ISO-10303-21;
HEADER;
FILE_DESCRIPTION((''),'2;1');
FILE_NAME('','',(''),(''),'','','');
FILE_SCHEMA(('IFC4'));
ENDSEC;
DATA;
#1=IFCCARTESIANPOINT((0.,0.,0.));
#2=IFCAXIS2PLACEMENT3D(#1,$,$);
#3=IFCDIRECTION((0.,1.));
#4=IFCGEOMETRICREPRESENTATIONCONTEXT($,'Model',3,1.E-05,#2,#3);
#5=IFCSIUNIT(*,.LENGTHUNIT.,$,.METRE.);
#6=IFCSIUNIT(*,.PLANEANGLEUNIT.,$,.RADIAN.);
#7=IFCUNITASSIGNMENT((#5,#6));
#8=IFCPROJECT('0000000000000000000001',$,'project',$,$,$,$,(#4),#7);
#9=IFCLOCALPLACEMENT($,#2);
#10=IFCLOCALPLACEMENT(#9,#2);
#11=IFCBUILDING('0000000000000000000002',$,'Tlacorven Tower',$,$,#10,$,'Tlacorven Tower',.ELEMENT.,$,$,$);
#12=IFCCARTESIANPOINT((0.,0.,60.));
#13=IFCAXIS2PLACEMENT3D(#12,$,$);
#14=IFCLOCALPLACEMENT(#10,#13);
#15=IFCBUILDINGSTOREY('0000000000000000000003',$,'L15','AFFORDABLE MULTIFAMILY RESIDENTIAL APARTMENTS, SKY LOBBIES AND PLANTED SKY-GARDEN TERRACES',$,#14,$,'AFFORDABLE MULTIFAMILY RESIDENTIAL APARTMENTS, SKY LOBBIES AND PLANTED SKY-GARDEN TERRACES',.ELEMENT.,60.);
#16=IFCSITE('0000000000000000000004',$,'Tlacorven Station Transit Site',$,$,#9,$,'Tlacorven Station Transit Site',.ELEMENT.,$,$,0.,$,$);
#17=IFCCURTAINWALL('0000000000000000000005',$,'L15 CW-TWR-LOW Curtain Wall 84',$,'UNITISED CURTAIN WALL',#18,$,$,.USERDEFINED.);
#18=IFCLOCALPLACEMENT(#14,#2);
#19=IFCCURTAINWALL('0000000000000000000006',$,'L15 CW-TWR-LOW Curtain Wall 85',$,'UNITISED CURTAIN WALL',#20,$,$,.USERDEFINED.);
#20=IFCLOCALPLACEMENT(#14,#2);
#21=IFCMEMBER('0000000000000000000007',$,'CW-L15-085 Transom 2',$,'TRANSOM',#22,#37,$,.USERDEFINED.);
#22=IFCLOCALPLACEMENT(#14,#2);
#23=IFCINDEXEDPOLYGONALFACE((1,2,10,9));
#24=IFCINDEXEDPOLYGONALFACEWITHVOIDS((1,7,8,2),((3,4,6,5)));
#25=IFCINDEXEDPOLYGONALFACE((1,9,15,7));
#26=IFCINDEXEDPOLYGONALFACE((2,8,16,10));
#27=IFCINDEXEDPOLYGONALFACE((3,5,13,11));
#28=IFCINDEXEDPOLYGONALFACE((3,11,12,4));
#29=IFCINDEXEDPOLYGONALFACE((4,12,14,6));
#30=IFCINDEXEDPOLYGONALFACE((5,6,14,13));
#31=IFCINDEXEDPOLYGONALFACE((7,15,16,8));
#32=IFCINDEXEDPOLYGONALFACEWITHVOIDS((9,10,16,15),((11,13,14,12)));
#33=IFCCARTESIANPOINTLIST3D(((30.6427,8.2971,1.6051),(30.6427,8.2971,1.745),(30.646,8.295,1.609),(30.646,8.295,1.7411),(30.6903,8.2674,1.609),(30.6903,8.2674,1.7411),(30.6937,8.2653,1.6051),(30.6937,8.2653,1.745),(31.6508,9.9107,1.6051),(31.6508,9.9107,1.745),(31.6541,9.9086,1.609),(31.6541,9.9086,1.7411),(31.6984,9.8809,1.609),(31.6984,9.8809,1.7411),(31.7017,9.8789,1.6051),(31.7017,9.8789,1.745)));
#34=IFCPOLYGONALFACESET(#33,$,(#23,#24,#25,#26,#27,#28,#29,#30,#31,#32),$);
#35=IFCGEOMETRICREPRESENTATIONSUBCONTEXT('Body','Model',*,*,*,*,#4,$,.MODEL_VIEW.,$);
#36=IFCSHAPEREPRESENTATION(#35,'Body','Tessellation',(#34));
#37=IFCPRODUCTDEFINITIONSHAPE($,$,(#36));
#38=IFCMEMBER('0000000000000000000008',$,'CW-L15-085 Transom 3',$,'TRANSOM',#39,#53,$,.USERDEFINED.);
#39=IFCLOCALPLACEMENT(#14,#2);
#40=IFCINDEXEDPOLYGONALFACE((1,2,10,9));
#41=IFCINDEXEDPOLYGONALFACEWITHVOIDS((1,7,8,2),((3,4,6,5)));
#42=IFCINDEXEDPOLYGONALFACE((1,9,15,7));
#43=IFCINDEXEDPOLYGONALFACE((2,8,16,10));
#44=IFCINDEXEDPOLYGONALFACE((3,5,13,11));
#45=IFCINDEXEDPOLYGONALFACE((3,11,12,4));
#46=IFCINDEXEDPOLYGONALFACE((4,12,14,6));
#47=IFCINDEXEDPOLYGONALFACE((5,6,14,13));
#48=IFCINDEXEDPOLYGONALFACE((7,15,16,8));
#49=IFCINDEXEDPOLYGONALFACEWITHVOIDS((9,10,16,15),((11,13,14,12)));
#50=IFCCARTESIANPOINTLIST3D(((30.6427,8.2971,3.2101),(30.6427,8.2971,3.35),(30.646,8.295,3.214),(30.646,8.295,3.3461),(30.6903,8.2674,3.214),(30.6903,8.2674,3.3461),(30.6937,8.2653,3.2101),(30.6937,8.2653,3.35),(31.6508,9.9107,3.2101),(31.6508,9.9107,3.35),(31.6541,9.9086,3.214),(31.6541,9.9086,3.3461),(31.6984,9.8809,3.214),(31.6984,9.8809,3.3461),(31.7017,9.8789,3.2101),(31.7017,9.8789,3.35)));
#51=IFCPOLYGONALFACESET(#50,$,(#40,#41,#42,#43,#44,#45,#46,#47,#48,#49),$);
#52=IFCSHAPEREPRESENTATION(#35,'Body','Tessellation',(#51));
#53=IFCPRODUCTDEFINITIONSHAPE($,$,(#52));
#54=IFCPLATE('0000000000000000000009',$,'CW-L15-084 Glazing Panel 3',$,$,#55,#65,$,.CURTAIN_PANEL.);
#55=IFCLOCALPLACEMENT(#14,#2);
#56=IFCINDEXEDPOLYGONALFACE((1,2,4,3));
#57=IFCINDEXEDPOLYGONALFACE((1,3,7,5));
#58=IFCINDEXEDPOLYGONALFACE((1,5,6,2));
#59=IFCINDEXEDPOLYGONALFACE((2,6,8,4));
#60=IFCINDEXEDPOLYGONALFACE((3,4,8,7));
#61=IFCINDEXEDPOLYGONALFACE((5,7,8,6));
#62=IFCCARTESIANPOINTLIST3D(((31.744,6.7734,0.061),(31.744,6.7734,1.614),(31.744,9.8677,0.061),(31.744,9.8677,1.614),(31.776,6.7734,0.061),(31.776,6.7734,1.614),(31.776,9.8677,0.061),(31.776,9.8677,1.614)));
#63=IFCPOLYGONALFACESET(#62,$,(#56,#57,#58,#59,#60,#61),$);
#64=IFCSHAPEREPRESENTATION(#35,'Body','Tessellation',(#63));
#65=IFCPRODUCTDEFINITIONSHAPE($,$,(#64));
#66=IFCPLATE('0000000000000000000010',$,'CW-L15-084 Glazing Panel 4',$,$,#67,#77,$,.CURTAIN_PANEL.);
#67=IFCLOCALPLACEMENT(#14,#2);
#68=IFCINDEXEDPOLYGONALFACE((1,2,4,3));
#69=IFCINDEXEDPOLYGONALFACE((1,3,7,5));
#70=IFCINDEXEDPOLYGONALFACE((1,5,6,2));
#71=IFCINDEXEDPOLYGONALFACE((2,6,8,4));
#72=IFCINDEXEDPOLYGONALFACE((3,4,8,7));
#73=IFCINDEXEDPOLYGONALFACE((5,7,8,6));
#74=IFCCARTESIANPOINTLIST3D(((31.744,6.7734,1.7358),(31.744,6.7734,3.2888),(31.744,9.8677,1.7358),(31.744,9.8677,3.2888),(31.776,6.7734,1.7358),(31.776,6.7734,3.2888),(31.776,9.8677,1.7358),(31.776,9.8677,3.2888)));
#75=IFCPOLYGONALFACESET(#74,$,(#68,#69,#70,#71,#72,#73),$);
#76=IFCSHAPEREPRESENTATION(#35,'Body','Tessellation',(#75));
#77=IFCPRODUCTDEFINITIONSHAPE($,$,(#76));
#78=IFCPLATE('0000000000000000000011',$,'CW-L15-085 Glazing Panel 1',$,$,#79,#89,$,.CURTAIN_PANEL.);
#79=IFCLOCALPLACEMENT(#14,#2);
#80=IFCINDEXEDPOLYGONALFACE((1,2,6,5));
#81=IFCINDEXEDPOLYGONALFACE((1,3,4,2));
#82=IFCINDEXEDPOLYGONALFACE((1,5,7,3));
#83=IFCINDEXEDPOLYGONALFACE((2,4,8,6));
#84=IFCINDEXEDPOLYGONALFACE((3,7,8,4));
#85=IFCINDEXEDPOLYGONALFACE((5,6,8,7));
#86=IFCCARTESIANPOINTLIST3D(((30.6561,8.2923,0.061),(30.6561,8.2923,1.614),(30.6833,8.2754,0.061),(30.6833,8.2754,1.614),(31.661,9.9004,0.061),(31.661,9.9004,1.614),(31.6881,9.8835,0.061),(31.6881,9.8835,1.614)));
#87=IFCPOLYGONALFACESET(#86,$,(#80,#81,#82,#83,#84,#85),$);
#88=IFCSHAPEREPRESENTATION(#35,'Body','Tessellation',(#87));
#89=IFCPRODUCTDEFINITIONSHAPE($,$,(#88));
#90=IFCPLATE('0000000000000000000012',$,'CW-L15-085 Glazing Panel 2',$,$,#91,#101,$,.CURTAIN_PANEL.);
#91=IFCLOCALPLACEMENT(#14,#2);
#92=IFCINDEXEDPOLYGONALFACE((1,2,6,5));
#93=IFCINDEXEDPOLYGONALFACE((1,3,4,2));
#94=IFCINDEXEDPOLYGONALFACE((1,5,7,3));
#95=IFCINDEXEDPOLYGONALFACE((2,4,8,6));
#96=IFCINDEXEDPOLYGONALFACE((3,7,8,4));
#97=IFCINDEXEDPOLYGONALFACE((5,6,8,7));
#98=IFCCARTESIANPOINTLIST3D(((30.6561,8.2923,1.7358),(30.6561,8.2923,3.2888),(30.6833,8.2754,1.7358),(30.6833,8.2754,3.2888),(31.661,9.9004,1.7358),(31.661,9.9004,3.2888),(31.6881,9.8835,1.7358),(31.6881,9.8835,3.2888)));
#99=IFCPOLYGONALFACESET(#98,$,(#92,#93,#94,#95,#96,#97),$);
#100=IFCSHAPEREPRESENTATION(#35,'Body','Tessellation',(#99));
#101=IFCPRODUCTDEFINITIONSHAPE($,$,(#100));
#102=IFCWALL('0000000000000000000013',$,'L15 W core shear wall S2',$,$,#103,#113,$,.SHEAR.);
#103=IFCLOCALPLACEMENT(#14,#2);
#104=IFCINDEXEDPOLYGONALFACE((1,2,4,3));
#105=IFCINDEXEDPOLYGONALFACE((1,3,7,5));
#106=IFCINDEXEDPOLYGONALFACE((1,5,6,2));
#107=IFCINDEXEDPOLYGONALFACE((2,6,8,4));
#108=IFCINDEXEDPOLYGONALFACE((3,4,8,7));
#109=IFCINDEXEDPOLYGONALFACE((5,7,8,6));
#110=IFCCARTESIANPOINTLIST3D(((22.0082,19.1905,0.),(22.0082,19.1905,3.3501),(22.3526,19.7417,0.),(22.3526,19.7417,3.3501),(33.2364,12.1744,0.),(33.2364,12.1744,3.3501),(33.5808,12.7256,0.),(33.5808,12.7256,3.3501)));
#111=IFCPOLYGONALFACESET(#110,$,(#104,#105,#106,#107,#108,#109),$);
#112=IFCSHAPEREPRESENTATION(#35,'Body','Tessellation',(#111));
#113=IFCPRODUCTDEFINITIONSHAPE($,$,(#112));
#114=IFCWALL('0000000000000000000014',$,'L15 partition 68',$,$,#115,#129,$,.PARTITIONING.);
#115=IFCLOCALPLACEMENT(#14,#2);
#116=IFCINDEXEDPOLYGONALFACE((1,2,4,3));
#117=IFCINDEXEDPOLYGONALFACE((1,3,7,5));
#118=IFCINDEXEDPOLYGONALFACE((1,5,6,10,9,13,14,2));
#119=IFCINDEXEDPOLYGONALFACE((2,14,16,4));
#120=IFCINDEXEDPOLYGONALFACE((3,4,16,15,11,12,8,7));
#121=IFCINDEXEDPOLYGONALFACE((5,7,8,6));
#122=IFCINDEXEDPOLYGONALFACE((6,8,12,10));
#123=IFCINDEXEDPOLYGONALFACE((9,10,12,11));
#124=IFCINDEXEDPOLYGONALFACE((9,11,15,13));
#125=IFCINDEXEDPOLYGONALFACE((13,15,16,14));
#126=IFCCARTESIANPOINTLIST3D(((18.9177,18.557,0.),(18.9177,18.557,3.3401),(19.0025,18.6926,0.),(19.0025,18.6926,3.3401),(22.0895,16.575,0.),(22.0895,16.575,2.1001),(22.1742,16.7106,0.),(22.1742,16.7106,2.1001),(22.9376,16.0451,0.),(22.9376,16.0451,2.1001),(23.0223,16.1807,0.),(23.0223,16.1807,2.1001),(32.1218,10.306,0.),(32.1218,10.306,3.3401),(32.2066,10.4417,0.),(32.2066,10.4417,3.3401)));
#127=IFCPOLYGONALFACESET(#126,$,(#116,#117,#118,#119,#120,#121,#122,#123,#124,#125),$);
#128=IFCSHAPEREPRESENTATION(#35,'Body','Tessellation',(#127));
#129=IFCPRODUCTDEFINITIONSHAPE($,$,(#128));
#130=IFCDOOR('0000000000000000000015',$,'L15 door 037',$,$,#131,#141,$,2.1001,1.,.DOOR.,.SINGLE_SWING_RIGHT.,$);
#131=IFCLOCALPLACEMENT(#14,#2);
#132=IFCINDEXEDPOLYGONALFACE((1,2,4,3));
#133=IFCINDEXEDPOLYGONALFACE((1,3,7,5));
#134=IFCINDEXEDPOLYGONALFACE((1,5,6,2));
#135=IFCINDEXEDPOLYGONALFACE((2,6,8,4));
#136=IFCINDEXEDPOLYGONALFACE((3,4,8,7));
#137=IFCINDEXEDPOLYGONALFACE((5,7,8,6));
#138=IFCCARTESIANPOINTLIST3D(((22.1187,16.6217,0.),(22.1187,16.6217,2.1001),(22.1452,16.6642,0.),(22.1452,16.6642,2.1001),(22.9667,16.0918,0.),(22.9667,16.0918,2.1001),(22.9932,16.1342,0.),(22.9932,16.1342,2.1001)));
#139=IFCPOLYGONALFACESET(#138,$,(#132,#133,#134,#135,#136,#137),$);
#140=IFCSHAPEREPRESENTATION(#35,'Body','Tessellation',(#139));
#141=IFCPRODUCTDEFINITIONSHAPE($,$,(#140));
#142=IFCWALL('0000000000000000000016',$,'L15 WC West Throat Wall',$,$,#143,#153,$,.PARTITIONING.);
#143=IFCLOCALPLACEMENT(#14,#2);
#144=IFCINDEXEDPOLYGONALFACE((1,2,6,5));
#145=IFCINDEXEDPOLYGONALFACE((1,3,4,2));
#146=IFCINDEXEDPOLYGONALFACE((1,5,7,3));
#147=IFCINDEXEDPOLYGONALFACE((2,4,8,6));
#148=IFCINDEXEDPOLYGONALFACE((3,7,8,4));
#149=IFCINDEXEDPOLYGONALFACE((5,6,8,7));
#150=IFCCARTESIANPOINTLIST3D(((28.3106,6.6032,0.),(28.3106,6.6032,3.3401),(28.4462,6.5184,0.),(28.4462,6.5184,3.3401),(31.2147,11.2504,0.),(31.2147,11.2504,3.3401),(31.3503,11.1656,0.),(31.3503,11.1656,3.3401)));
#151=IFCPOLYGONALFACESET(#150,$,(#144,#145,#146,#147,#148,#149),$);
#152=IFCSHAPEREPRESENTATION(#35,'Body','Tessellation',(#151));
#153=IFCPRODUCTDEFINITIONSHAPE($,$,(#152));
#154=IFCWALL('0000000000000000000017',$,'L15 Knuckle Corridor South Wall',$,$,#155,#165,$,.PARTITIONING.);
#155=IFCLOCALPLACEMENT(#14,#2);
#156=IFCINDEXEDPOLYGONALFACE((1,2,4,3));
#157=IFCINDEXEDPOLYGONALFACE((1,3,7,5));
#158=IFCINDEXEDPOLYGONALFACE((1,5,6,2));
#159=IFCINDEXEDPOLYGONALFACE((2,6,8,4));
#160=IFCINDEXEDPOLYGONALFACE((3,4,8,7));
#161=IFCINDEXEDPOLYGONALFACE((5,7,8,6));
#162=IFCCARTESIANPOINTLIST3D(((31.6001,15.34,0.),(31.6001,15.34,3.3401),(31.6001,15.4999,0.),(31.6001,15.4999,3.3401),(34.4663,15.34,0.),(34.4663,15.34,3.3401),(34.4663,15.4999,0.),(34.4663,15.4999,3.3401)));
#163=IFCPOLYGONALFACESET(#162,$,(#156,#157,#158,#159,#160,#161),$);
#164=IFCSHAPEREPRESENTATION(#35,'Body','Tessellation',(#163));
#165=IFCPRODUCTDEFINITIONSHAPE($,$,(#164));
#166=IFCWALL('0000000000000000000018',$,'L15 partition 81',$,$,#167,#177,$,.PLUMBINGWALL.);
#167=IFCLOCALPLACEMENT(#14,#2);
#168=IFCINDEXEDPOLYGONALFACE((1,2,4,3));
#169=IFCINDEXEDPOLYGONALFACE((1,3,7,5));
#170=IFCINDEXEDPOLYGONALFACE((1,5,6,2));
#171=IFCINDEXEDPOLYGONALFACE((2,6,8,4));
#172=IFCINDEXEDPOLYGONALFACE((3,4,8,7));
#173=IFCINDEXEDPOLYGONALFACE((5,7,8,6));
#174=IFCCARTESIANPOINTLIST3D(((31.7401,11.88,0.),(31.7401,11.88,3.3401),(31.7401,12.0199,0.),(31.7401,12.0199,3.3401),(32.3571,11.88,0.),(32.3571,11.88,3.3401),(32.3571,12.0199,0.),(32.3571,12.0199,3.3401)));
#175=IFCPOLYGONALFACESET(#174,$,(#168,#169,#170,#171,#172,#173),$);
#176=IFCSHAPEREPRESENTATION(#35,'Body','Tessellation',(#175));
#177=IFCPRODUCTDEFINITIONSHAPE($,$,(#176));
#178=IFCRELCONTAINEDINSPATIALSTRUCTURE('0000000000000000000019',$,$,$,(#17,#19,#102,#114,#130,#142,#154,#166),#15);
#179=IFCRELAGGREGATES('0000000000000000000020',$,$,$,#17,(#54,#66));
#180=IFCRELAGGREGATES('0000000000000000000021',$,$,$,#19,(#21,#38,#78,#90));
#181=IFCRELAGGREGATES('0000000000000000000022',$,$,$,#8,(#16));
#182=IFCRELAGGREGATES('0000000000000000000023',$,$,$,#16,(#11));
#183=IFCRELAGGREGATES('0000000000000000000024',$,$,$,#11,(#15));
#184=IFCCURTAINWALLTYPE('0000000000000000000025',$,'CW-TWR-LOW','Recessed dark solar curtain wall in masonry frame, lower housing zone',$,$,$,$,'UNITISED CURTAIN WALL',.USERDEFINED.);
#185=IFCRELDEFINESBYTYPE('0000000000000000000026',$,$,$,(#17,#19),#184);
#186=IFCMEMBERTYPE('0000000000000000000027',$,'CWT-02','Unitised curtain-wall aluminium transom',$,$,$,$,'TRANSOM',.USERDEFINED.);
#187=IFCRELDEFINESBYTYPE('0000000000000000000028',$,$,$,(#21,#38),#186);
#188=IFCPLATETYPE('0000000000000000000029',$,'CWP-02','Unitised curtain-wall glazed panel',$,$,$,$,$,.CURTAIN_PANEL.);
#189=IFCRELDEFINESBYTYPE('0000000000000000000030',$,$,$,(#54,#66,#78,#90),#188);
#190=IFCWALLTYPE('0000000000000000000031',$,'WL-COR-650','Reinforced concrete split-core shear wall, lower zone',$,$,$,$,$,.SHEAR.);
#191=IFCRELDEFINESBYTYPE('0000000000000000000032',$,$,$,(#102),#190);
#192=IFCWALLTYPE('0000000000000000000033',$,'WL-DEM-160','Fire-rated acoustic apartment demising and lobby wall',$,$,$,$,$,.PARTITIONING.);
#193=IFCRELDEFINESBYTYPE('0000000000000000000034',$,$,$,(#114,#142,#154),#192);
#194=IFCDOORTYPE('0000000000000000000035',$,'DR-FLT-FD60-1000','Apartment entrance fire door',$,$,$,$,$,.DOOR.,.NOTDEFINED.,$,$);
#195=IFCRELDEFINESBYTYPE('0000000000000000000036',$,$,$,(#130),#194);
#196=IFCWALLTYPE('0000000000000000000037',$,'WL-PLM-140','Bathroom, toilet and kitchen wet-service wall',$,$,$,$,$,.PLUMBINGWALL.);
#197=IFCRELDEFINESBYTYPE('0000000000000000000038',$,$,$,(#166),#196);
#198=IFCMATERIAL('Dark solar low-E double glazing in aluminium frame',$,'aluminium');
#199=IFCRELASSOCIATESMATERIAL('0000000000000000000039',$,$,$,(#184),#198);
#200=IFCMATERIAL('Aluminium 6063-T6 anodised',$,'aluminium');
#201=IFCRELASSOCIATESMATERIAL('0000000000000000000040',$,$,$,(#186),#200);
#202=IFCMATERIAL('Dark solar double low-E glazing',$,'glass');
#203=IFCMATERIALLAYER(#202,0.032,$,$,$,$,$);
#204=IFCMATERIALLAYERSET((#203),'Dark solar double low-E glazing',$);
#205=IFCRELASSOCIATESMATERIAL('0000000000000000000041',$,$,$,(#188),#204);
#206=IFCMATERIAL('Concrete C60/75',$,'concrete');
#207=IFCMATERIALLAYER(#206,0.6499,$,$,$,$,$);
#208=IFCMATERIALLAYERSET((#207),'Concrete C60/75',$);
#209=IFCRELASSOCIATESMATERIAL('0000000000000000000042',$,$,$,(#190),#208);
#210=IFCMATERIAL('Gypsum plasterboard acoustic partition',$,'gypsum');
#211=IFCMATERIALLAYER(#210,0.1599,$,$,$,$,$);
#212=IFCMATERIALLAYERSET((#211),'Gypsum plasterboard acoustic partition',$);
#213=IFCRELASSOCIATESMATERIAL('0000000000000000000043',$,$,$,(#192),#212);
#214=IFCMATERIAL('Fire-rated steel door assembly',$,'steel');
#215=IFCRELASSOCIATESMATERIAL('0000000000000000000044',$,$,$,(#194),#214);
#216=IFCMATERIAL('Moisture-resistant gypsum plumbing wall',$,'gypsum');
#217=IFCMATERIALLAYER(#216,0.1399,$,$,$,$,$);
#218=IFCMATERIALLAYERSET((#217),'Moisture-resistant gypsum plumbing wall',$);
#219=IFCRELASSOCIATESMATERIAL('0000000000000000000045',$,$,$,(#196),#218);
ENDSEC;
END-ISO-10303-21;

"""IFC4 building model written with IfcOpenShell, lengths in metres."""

from ifc_helpers import new_model, si_unit, direction, frame, frame_2d, origin, origin_2d, place, context, subcontext, project, spatial, rectangle, hollow_rectangle, extrude, source, transform, mapped, material, layer, layer_set, material_profile, profile_set, type_object, element, fill, aggregate, save


model = new_model("IFC4")

# Units and contexts
model_context = context("Model", 3, precision=1e-05, world=origin(), true_north=direction((0.0, 1.0)))
body_context = subcontext(model_context, "Body", "Model", "MODEL_VIEW")
ifc_project = project(units=[si_unit("LENGTHUNIT", "METRE"), si_unit("PLANEANGLEUNIT", "RADIAN")], contexts=[model_context])

# Site, building, storey
site_placement = place(None, origin())
site = spatial("IfcSite", under=ifc_project, at=site_placement, Name="Tlacorven Station Transit Site", LongName="Tlacorven Station Transit Site", CompositionType="ELEMENT", RefElevation=0.0)
building_placement = place(site_placement, origin())
building = spatial("IfcBuilding", under=site, at=building_placement, Name="Tlacorven Tower", LongName="Tlacorven Tower", CompositionType="ELEMENT")
storey_placement = place(building_placement, frame((0.0, 0.0, 60.0)))
storey = spatial("IfcBuildingStorey", under=building, at=storey_placement, Name="L15", Description="AFFORDABLE MULTIFAMILY RESIDENTIAL APARTMENTS, SKY LOBBIES AND PLANTED SKY-GARDEN TERRACES", LongName="AFFORDABLE MULTIFAMILY RESIDENTIAL APARTMENTS, SKY LOBBIES AND PLANTED SKY-GARDEN TERRACES", CompositionType="ELEMENT", Elevation=60.0)

# Curtain wall
ifc_material_1 = material(Name="Dark solar low-E double glazing in aluminium frame", Category="aluminium")
curtain_wall_type = type_object("IfcCurtainWallType", Name="CW-TWR-LOW", Description="Recessed dark solar curtain wall in masonry frame, lower housing zone", ElementType="UNITISED CURTAIN WALL", PredefinedType="USERDEFINED", material=ifc_material_1)
curtain_wall_1_placement = place(storey_placement, origin())
curtain_wall_1 = element("IfcCurtainWall", 1, at=curtain_wall_1_placement, inside=storey, type_object=curtain_wall_type, Name="L15 CW-TWR-LOW Curtain Wall 84", ObjectType="UNITISED CURTAIN WALL", PredefinedType="USERDEFINED")
ifc_material_2 = material(Name="Aluminium 6063-T6 anodised", Category="aluminium")

# Curtain wall
curtain_wall_2_placement = place(storey_placement, origin())
curtain_wall_2 = element("IfcCurtainWall", 2, at=curtain_wall_2_placement, inside=storey, type_object=curtain_wall_type, Name="L15 CW-TWR-LOW Curtain Wall 85", ObjectType="UNITISED CURTAIN WALL", PredefinedType="USERDEFINED")

# Members
ifc_material_profile_1 = material_profile(ifc_material_2, hollow_rectangle(XDim=0.0601, YDim=0.1399, WallThickness=0.0039, at=origin_2d()), Name="ALU TRANSOM 60X140")
ifc_profile_set_1 = profile_set([ifc_material_profile_1], Name="Aluminium 6063-T6 anodised")
member_type_1 = type_object("IfcMemberType", Name="CWT-02", Description="Unitised curtain-wall aluminium transom", ElementType="TRANSOM", PredefinedType="USERDEFINED", material=ifc_profile_set_1)
shared_shape_1 = source(origin(), body_context, "Body", "SweptSolid", [
    extrude(hollow_rectangle(XDim=0.0601, YDim=0.1399, WallThickness=0.0039, at=origin_2d()), origin(), (0.0, 0.0, 1.0), 1.9026),
])
member_1_placement = place(storey_placement, frame((31.6763, 9.8948, 1.675), z_axis=(-0.529849, -0.848092, 0.0), x_axis=(0.848092, -0.529849, 0.0)))
member_1 = element("IfcMember", 3, at=member_1_placement, type_object=member_type_1, Name="CW-L15-085 Transom 2", ObjectType="TRANSOM", PredefinedType="USERDEFINED", context=body_context, shape_type="MappedRepresentation", body=[
    mapped(shared_shape_1, transform((0.0, 0.0, 0.0), scale=1.0)),
])
member_2_placement = place(storey_placement, frame((31.6763, 9.8948, 3.28), z_axis=(-0.529849, -0.848092, 0.0), x_axis=(0.848092, -0.529849, 0.0)))
member_2 = element("IfcMember", 4, at=member_2_placement, type_object=member_type_1, Name="CW-L15-085 Transom 3", ObjectType="TRANSOM", PredefinedType="USERDEFINED", context=body_context, shape_type="MappedRepresentation", body=[
    mapped(shared_shape_1, transform((0.0, 0.0, 0.0), scale=1.0)),
])

# Plates
ifc_material_3 = material(Name="Dark solar double low-E glazing", Category="glass")
ifc_layer_1 = layer(ifc_material_3, 0.032)
ifc_layer_set_1 = layer_set([ifc_layer_1], Name="Dark solar double low-E glazing")
plate_type = type_object("IfcPlateType", Name="CWP-02", Description="Unitised curtain-wall glazed panel", PredefinedType="CURTAIN_PANEL", material=ifc_layer_set_1)
shared_shape_2 = source(origin(), body_context, "Body", "SweptSolid", [
    extrude(rectangle(XDim=3.0942, YDim=0.032, at=origin_2d()), origin(), (0.0, 0.0, 1.0), 1.553),
])
plate_1_placement = place(storey_placement, frame((31.76, 8.3206, 0.061), z_axis=(0.0, 0.0, 1.0), x_axis=(0.0, 1.0, 0.0)))
plate_1 = element("IfcPlate", 5, at=plate_1_placement, type_object=plate_type, Name="CW-L15-084 Glazing Panel 3", PredefinedType="CURTAIN_PANEL", context=body_context, shape_type="MappedRepresentation", body=[
    mapped(shared_shape_2, transform((0.0, 0.0, 0.0), scale=1.0)),
])
plate_2_placement = place(storey_placement, frame((31.76, 8.3206, 1.7358), z_axis=(0.0, 0.0, 1.0), x_axis=(0.0, 1.0, 0.0)))
plate_2 = element("IfcPlate", 6, at=plate_2_placement, type_object=plate_type, Name="CW-L15-084 Glazing Panel 4", PredefinedType="CURTAIN_PANEL", context=body_context, shape_type="MappedRepresentation", body=[
    mapped(shared_shape_2, transform((0.0, 0.0, 0.0), scale=1.0)),
])
aggregate(curtain_wall_1, [plate_1, plate_2])
shared_shape_3 = source(origin(), body_context, "Body", "SweptSolid", [
    extrude(rectangle(XDim=1.8962, YDim=0.032, at=origin_2d()), origin(), (0.0, 0.0, 1.0), 1.553),
])
plate_3_placement = place(storey_placement, frame((31.1721, 9.0879, 0.061), z_axis=(0.0, 0.0, 1.0), x_axis=(-0.529919, -0.848048, 0.0)))
plate_3 = element("IfcPlate", 7, at=plate_3_placement, type_object=plate_type, Name="CW-L15-085 Glazing Panel 1", PredefinedType="CURTAIN_PANEL", context=body_context, shape_type="MappedRepresentation", body=[
    mapped(shared_shape_3, transform((0.0, 0.0, 0.0), scale=1.0)),
])
plate_4_placement = place(storey_placement, frame((31.1721, 9.0879, 1.7358), z_axis=(0.0, 0.0, 1.0), x_axis=(-0.529919, -0.848048, 0.0)))
plate_4 = element("IfcPlate", 8, at=plate_4_placement, type_object=plate_type, Name="CW-L15-085 Glazing Panel 2", PredefinedType="CURTAIN_PANEL", context=body_context, shape_type="MappedRepresentation", body=[
    mapped(shared_shape_3, transform((0.0, 0.0, 0.0), scale=1.0)),
])
aggregate(curtain_wall_2, [member_1, member_2, plate_3, plate_4])

# Wall
ifc_material_4 = material(Name="Concrete C60/75", Category="concrete")
ifc_layer_2 = layer(ifc_material_4, 0.6499)
ifc_layer_set_2 = layer_set([ifc_layer_2], Name="Concrete C60/75")
wall_type_1 = type_object("IfcWallType", Name="WL-COR-650", Description="Reinforced concrete split-core shear wall, lower zone", PredefinedType="SHEAR", material=ifc_layer_set_2)
wall_1_placement = place(storey_placement, frame((33.4087, 12.45, 0.0), z_axis=(0.0, 0.0, 1.0), x_axis=(-0.848051, 0.529914, 0.0)))
element("IfcWall", 9, at=wall_1_placement, inside=storey, type_object=wall_type_1, Name="L15 W core shear wall S2", PredefinedType="SHEAR", context=body_context, shape_type="SweptSolid", body=[
    extrude(rectangle(XDim=13.24, YDim=0.6499, at=frame_2d((6.6201, 0.0))), origin(), (0.0, 0.0, 1.0), 3.3501),
])

# Wall, opening, door
ifc_material_5 = material(Name="Gypsum plasterboard acoustic partition", Category="gypsum")
ifc_layer_3 = layer(ifc_material_5, 0.1599)
ifc_layer_set_3 = layer_set([ifc_layer_3], Name="Gypsum plasterboard acoustic partition")
wall_type_2 = type_object("IfcWallType", Name="WL-DEM-160", Description="Fire-rated acoustic apartment demising and lobby wall", PredefinedType="PARTITIONING", material=ifc_layer_set_3)
wall_2_placement = place(storey_placement, frame((32.1643, 10.3738, 0.0), z_axis=(0.0, 0.0, 1.0), x_axis=(-0.848044, 0.529926, 0.0)))
wall_2 = element("IfcWall", 10, at=wall_2_placement, inside=storey, type_object=wall_type_2, Name="L15 partition 68", PredefinedType="PARTITIONING", context=body_context, shape_type="SweptSolid", body=[
    extrude(rectangle(XDim=15.5701, YDim=0.1599, at=frame_2d((7.7852, 0.0))), origin(), (0.0, 0.0, 1.0), 3.3401),
])
opening_1_placement = place(wall_2_placement, frame((10.8301, 0.0, 0.0)))
opening_1 = element("IfcOpeningElement", 11, at=opening_1_placement, cuts=wall_2, PredefinedType="OPENING", context=body_context, shape_type="SweptSolid", body=[
    extrude(rectangle(XDim=1.0, YDim=2.1001, at=frame_2d((0.5, 1.05))), frame((0.0, 0.0898, 0.0), z_axis=(0.0, -1.0, 0.0), x_axis=(1.0, 0.0, 0.0)), (0.0, 0.0, 1.0), 0.1799),
])
ifc_material_6 = material(Name="Fire-rated steel door assembly", Category="steel")
door_type_1 = type_object("IfcDoorType", Name="DR-FLT-FD60-1000", Description="Apartment entrance fire door", OperationType="NOTDEFINED", PredefinedType="DOOR", material=ifc_material_6)
shared_shape_4 = source(origin(), body_context, "Body", "SweptSolid", [
    extrude(rectangle(XDim=1.0, YDim=2.1001, at=frame_2d((0.5, 1.05))), frame((0.0, 0.0249, 0.0), z_axis=(0.0, -1.0, 0.0), x_axis=(1.0, 0.0, 0.0)), (0.0, 0.0, 1.0), 0.05),
])
door_1_placement = place(opening_1_placement, origin())
door_1 = element("IfcDoor", 12, at=door_1_placement, inside=storey, type_object=door_type_1, Name="L15 door 037", OperationType="SINGLE_SWING_RIGHT", OverallHeight=2.1001, OverallWidth=1.0, PredefinedType="DOOR", context=body_context, shape_type="MappedRepresentation", body=[
    mapped(shared_shape_4, transform((0.0, 0.0, 0.0), scale=1.0)),
])
fill(opening_1, door_1)

# Walls
wall_3_placement = place(storey_placement, frame((31.2825, 11.208, 0.0), z_axis=(0.0, 0.0, 1.0), x_axis=(-0.529939, -0.848036, 0.0)))
element("IfcWall", 13, at=wall_3_placement, inside=storey, type_object=wall_type_2, Name="L15 WC West Throat Wall", PredefinedType="PARTITIONING", context=body_context, shape_type="SweptSolid", body=[
    extrude(rectangle(XDim=5.48, YDim=0.1599, at=frame_2d((2.74, 0.0))), origin(), (0.0, 0.0, 1.0), 3.3401),
])
wall_4_placement = place(storey_placement, frame((31.6001, 15.4199, 0.0), z_axis=(0.0, 0.0, 1.0), x_axis=(1.0, 0.0, 0.0)))
element("IfcWall", 14, at=wall_4_placement, inside=storey, type_object=wall_type_2, Name="L15 Knuckle Corridor South Wall", PredefinedType="PARTITIONING", context=body_context, shape_type="SweptSolid", body=[
    extrude(rectangle(XDim=2.8662, YDim=0.1599, at=frame_2d((1.4331, 0.0))), origin(), (0.0, 0.0, 1.0), 3.3401),
])
ifc_material_7 = material(Name="Moisture-resistant gypsum plumbing wall", Category="gypsum")
ifc_layer_4 = layer(ifc_material_7, 0.1399)
ifc_layer_set_4 = layer_set([ifc_layer_4], Name="Moisture-resistant gypsum plumbing wall")
wall_type_3 = type_object("IfcWallType", Name="WL-PLM-140", Description="Bathroom, toilet and kitchen wet-service wall", PredefinedType="PLUMBINGWALL", material=ifc_layer_set_4)
wall_5_placement = place(storey_placement, frame((31.74, 11.95, 0.0), z_axis=(0.0, 0.0, 1.0), x_axis=(1.0, 0.0, 0.0)))
element("IfcWall", 15, at=wall_5_placement, inside=storey, type_object=wall_type_3, Name="L15 partition 81", PredefinedType="PLUMBINGWALL", context=body_context, shape_type="SweptSolid", body=[
    extrude(rectangle(XDim=0.6169, YDim=0.1399, at=frame_2d((0.3086, 0.0))), origin(), (0.0, 0.0, 1.0), 3.3401),
])

save(model, "model.ifc")
